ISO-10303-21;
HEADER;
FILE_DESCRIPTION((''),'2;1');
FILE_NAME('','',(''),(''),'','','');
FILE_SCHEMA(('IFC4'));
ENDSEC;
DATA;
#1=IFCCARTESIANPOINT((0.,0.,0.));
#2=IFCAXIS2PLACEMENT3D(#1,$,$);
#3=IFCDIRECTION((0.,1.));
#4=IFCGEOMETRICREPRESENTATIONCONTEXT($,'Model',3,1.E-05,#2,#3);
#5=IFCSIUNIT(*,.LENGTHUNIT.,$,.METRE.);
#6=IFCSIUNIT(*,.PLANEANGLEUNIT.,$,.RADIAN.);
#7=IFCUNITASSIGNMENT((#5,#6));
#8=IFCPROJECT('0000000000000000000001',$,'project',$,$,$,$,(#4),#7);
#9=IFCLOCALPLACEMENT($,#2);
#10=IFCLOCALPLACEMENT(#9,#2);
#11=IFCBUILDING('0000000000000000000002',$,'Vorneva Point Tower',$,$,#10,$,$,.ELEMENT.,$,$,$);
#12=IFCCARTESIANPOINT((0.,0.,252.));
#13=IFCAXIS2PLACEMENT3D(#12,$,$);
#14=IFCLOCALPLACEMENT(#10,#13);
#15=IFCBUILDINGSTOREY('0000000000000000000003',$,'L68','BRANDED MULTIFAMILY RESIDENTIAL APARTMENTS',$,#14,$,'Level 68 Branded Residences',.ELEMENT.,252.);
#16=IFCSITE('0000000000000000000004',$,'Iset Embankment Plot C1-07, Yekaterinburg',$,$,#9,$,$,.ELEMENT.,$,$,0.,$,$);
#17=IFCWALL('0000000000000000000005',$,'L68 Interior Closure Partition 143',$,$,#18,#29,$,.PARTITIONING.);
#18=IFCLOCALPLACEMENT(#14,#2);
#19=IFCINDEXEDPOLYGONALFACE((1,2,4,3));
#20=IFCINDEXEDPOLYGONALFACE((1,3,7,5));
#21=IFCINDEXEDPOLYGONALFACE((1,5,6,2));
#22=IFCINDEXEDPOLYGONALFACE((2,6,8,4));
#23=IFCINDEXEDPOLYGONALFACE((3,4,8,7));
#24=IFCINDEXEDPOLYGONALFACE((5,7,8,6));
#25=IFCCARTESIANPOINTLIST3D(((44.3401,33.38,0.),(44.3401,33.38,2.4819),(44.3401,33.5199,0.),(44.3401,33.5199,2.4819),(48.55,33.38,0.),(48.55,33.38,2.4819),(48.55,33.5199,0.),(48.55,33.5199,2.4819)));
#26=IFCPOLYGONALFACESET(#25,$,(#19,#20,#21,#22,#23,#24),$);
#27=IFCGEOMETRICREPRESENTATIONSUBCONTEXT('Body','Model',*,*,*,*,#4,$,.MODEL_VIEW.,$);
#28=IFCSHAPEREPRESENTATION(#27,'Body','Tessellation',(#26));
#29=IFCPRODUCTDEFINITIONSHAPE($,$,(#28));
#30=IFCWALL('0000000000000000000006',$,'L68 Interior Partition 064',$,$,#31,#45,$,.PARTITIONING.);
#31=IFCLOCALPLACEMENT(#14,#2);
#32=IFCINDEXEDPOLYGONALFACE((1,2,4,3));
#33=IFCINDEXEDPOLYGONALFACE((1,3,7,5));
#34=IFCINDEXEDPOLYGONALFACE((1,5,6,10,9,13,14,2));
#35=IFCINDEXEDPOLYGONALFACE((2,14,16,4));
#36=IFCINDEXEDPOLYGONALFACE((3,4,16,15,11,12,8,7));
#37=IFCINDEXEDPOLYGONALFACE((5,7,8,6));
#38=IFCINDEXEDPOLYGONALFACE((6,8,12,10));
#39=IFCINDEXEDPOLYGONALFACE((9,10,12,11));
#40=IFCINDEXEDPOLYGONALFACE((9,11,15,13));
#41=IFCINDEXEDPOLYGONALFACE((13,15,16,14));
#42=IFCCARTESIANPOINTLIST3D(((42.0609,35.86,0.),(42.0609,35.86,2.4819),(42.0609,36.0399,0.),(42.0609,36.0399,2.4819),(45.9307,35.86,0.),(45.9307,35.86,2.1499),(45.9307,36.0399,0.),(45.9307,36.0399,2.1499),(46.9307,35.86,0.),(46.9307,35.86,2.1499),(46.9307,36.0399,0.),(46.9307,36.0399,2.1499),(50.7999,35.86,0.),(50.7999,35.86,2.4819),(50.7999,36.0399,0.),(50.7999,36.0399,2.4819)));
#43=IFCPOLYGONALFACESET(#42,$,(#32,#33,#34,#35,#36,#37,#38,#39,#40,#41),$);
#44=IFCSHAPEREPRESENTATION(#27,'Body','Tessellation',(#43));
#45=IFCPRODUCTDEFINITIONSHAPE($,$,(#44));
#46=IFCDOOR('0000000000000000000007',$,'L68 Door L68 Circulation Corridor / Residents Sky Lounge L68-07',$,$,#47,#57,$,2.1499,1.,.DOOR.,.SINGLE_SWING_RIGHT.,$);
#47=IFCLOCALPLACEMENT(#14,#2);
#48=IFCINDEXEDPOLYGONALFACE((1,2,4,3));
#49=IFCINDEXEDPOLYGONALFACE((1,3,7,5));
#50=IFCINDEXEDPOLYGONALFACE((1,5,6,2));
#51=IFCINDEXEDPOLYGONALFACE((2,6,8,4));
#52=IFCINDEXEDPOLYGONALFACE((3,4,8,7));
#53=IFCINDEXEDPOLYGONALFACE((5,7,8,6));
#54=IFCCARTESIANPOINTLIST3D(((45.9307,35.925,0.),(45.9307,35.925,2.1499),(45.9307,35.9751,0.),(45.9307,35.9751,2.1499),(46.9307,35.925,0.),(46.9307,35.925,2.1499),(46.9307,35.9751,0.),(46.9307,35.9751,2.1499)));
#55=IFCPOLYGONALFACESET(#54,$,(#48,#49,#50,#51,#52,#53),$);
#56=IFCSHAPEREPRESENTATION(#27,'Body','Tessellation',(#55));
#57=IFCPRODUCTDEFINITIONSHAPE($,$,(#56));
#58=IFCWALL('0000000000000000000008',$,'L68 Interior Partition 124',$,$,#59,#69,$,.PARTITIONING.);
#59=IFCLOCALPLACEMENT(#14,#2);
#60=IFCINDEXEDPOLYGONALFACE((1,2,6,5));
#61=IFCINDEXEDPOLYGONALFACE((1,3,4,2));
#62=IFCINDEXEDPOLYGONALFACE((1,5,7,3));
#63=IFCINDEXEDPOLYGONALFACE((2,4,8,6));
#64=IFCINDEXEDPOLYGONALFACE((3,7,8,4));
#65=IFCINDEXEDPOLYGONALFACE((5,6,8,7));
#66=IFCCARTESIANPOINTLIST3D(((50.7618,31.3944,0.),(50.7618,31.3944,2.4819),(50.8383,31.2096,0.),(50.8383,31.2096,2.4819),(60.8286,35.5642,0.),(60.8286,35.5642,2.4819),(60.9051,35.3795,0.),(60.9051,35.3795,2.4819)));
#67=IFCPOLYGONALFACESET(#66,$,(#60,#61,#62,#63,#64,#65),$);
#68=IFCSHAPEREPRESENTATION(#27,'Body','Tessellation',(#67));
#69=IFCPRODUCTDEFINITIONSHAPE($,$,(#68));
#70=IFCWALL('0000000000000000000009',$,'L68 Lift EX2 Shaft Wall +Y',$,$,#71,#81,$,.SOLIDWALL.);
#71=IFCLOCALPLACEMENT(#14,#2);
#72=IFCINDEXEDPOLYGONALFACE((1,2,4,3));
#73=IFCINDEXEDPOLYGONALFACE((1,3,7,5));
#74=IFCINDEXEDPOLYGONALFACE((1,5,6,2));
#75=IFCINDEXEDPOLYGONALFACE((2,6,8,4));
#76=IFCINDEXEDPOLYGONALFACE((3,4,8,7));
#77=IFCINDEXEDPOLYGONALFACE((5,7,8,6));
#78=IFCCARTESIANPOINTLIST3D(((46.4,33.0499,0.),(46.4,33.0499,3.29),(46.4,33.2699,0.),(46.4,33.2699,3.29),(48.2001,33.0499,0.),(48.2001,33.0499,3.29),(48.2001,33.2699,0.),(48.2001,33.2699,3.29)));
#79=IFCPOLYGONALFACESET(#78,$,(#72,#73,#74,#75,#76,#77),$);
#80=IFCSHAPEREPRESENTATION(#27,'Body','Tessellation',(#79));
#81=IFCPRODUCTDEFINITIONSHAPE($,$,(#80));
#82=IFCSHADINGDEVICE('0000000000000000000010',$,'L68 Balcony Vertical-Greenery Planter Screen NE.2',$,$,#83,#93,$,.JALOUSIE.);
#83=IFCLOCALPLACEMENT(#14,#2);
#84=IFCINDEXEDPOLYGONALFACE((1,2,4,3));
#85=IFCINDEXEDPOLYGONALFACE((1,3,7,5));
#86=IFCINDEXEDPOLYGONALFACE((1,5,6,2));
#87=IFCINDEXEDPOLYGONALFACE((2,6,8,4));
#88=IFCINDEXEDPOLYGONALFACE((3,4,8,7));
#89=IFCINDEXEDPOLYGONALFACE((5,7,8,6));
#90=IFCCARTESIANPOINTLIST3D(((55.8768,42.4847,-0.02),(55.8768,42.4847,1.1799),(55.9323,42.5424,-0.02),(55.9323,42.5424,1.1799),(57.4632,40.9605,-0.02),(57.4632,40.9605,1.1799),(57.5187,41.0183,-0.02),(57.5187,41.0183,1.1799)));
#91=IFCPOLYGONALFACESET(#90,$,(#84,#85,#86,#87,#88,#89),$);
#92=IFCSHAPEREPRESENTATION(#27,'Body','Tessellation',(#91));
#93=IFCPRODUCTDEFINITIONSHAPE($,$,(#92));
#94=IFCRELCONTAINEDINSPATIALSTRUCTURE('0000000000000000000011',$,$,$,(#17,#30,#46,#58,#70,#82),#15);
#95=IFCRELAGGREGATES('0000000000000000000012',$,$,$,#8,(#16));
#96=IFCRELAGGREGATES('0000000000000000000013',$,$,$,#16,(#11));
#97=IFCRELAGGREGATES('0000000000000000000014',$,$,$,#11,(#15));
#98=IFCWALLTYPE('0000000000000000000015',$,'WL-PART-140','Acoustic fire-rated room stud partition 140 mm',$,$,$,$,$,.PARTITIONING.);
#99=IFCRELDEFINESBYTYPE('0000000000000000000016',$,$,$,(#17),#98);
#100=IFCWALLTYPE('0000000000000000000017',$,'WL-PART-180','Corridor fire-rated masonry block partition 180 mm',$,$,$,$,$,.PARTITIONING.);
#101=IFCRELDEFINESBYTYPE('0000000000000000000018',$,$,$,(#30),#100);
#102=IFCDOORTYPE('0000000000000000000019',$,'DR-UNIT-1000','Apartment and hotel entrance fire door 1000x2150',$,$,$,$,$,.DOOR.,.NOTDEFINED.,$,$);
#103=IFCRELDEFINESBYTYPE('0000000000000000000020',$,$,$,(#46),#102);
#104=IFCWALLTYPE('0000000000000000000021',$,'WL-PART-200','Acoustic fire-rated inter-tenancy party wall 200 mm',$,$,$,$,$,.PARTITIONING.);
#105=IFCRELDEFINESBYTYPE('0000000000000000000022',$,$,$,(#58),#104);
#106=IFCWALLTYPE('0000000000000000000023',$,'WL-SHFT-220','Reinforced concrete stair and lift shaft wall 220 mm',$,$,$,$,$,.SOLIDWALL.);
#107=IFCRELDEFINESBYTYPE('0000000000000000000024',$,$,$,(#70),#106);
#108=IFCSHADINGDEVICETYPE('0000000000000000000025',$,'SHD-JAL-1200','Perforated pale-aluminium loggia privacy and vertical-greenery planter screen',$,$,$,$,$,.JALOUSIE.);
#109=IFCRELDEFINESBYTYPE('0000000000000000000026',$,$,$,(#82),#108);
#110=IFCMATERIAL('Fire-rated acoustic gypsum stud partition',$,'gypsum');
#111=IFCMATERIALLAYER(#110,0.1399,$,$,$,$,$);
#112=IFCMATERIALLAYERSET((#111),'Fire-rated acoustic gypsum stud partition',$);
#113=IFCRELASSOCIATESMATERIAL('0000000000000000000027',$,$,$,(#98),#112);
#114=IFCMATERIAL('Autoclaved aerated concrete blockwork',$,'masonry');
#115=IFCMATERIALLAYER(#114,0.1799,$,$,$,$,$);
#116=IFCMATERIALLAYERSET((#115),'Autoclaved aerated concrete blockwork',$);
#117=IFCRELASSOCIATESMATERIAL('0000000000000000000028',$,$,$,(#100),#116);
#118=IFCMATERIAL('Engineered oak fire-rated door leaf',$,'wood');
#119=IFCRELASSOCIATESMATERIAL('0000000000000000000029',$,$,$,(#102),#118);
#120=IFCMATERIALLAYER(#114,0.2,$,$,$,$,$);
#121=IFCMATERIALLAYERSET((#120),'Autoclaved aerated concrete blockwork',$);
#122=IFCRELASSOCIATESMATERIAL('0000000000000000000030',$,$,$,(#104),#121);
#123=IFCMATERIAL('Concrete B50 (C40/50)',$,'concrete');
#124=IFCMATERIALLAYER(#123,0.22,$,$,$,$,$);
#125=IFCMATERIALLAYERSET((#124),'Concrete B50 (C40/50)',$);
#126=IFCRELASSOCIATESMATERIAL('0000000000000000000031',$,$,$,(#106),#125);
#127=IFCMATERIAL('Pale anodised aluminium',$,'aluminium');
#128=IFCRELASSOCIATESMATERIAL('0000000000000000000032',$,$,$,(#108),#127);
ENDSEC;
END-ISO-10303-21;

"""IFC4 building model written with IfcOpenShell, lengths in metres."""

from ifc_helpers import new_model, si_unit, direction, frame, frame_2d, origin, origin_2d, place, context, subcontext, project, spatial, rectangle, extrude, material, layer, layer_set, type_object, element, fill, save


model = new_model("IFC4")

# Units and contexts
model_context = context("Model", 3, precision=1e-05, world=origin(), true_north=direction((0.0, 1.0)))
body_context = subcontext(model_context, "Body", "Model", "MODEL_VIEW")
ifc_project = project(units=[si_unit("LENGTHUNIT", "METRE"), si_unit("PLANEANGLEUNIT", "RADIAN")], contexts=[model_context])

# Site, building, storey
site_placement = place(None, origin())
site = spatial("IfcSite", under=ifc_project, at=site_placement, Name="Iset Embankment Plot C1-07, Yekaterinburg", CompositionType="ELEMENT", RefElevation=0.0)
building_placement = place(site_placement, origin())
building = spatial("IfcBuilding", under=site, at=building_placement, Name="Vorneva Point Tower", CompositionType="ELEMENT")
storey_placement = place(building_placement, frame((0.0, 0.0, 252.0)))
storey = spatial("IfcBuildingStorey", under=building, at=storey_placement, Name="L68", Description="BRANDED MULTIFAMILY RESIDENTIAL APARTMENTS", LongName="Level 68 Branded Residences", CompositionType="ELEMENT", Elevation=252.0)

# Shared definitions
ifc_material_1 = material(Name="Concrete B50 (C40/50)", Category="concrete")

# Shared definitions
ifc_material_2 = material(Name="Pale anodised aluminium", Category="aluminium")

# Wall
ifc_material_3 = material(Name="Fire-rated acoustic gypsum stud partition", Category="gypsum")
ifc_layer_1 = layer(ifc_material_3, 0.1399)
ifc_layer_set_1 = layer_set([ifc_layer_1], Name="Fire-rated acoustic gypsum stud partition")
wall_type_1 = type_object("IfcWallType", Name="WL-PART-140", Description="Acoustic fire-rated room stud partition 140 mm", PredefinedType="PARTITIONING", material=ifc_layer_set_1)
wall_1_placement = place(storey_placement, frame((48.55, 33.45, 0.0), z_axis=(0.0, 0.0, 1.0), x_axis=(-1.0, 0.0, 0.0)))
element("IfcWall", 1, at=wall_1_placement, inside=storey, type_object=wall_type_1, Name="L68 Interior Closure Partition 143", PredefinedType="PARTITIONING", context=body_context, shape_type="SweptSolid", body=[
    extrude(rectangle(XDim=4.21, YDim=0.1399, at=frame_2d((2.105, 0.0))), origin(), (0.0, 0.0, 1.0), 2.4819),
])

# Wall, opening, door
ifc_material_4 = material(Name="Autoclaved aerated concrete blockwork", Category="masonry")
ifc_layer_2 = layer(ifc_material_4, 0.1799)
ifc_layer_set_2 = layer_set([ifc_layer_2], Name="Autoclaved aerated concrete blockwork")
wall_type_2 = type_object("IfcWallType", Name="WL-PART-180", Description="Corridor fire-rated masonry block partition 180 mm", PredefinedType="PARTITIONING", material=ifc_layer_set_2)
wall_2_placement = place(storey_placement, frame((50.8, 35.95, 0.0), z_axis=(0.0, 0.0, 1.0), x_axis=(-1.0, 0.0, 0.0)))
wall_2 = element("IfcWall", 2, at=wall_2_placement, inside=storey, type_object=wall_type_2, Name="L68 Interior Partition 064", PredefinedType="PARTITIONING", context=body_context, shape_type="SweptSolid", body=[
    extrude(rectangle(XDim=8.739, YDim=0.1799, at=frame_2d((4.3696, 0.0))), origin(), (0.0, 0.0, 1.0), 2.4819),
])
opening_1_placement = place(wall_2_placement, frame((3.8694, 0.0, 0.0)))
opening_1 = element("IfcOpeningElement", 3, at=opening_1_placement, cuts=wall_2, PredefinedType="OPENING", context=body_context, shape_type="SweptSolid", body=[
    extrude(rectangle(XDim=1.0, YDim=2.1499, at=frame_2d((0.5, 1.075))), frame((0.0, 0.105, 0.0), z_axis=(0.0, -1.0, 0.0), x_axis=(1.0, 0.0, 0.0)), (0.0, 0.0, 1.0), 0.2097),
])
ifc_material_5 = material(Name="Engineered oak fire-rated door leaf", Category="wood")
door_type_1 = type_object("IfcDoorType", Name="DR-UNIT-1000", Description="Apartment and hotel entrance fire door 1000x2150", OperationType="NOTDEFINED", PredefinedType="DOOR", material=ifc_material_5)
door_1_placement = place(opening_1_placement, origin())
door_1 = element("IfcDoor", 4, at=door_1_placement, inside=storey, type_object=door_type_1, Name="L68 Door L68 Circulation Corridor / Residents Sky Lounge L68-07", OperationType="SINGLE_SWING_RIGHT", OverallHeight=2.1499, OverallWidth=1.0, PredefinedType="DOOR", context=body_context, shape_type="SweptSolid", body=[
    extrude(rectangle(XDim=1.0, YDim=2.1499, at=frame_2d((0.5, 1.075))), frame((0.0, 0.0249, 0.0), z_axis=(0.0, -1.0, 0.0), x_axis=(1.0, 0.0, 0.0)), (0.0, 0.0, 1.0), 0.05),
])
fill(opening_1, door_1)

# Walls
ifc_layer_3 = layer(ifc_material_4, 0.2)
ifc_layer_set_3 = layer_set([ifc_layer_3], Name="Autoclaved aerated concrete blockwork")
wall_type_3 = type_object("IfcWallType", Name="WL-PART-200", Description="Acoustic fire-rated inter-tenancy party wall 200 mm", PredefinedType="PARTITIONING", material=ifc_layer_set_3)
wall_3_placement = place(storey_placement, frame((60.8669, 35.4719, 0.0), z_axis=(0.0, 0.0, 1.0), x_axis=(-0.923877, -0.38269, 0.0)))
element("IfcWall", 5, at=wall_3_placement, inside=storey, type_object=wall_type_3, Name="L68 Interior Partition 124", PredefinedType="PARTITIONING", context=body_context, shape_type="SweptSolid", body=[
    extrude(rectangle(XDim=10.8962, YDim=0.2, at=frame_2d((5.4482, 0.0))), origin(), (0.0, 0.0, 1.0), 2.4819),
])
ifc_layer_4 = layer(ifc_material_1, 0.22)
ifc_layer_set_4 = layer_set([ifc_layer_4], Name="Concrete B50 (C40/50)")
wall_type_4 = type_object("IfcWallType", Name="WL-SHFT-220", Description="Reinforced concrete stair and lift shaft wall 220 mm", PredefinedType="SOLIDWALL", material=ifc_layer_set_4)
wall_4_placement = place(storey_placement, frame((48.2, 33.1599, 0.0), z_axis=(0.0, 0.0, 1.0), x_axis=(-1.0, 0.0, 0.0)))
element("IfcWall", 6, at=wall_4_placement, inside=storey, type_object=wall_type_4, Name="L68 Lift EX2 Shaft Wall +Y", PredefinedType="SOLIDWALL", context=body_context, shape_type="SweptSolid", body=[
    extrude(rectangle(XDim=1.8, YDim=0.22, at=frame_2d((0.8999, 0.0))), origin(), (0.0, 0.0, 1.0), 3.29),
])

# Shading device
shading_device_type = type_object("IfcShadingDeviceType", Name="SHD-JAL-1200", Description="Perforated pale-aluminium loggia privacy and vertical-greenery planter screen", PredefinedType="JALOUSIE", material=ifc_material_2)
shading_device_placement = place(storey_placement, frame((56.6978, 41.7515, -0.02), z_axis=(0.0, 0.0, 1.0), x_axis=(-0.721132, 0.692798, 0.0)))
element("IfcShadingDevice", 7, at=shading_device_placement, inside=storey, type_object=shading_device_type, Name="L68 Balcony Vertical-Greenery Planter Screen NE.2", PredefinedType="JALOUSIE", context=body_context, shape_type="SweptSolid", body=[
    extrude(rectangle(XDim=2.2, YDim=0.0801, at=origin_2d()), origin(), (0.0, 0.0, 1.0), 1.2),
])

save(model, "model.ifc")
